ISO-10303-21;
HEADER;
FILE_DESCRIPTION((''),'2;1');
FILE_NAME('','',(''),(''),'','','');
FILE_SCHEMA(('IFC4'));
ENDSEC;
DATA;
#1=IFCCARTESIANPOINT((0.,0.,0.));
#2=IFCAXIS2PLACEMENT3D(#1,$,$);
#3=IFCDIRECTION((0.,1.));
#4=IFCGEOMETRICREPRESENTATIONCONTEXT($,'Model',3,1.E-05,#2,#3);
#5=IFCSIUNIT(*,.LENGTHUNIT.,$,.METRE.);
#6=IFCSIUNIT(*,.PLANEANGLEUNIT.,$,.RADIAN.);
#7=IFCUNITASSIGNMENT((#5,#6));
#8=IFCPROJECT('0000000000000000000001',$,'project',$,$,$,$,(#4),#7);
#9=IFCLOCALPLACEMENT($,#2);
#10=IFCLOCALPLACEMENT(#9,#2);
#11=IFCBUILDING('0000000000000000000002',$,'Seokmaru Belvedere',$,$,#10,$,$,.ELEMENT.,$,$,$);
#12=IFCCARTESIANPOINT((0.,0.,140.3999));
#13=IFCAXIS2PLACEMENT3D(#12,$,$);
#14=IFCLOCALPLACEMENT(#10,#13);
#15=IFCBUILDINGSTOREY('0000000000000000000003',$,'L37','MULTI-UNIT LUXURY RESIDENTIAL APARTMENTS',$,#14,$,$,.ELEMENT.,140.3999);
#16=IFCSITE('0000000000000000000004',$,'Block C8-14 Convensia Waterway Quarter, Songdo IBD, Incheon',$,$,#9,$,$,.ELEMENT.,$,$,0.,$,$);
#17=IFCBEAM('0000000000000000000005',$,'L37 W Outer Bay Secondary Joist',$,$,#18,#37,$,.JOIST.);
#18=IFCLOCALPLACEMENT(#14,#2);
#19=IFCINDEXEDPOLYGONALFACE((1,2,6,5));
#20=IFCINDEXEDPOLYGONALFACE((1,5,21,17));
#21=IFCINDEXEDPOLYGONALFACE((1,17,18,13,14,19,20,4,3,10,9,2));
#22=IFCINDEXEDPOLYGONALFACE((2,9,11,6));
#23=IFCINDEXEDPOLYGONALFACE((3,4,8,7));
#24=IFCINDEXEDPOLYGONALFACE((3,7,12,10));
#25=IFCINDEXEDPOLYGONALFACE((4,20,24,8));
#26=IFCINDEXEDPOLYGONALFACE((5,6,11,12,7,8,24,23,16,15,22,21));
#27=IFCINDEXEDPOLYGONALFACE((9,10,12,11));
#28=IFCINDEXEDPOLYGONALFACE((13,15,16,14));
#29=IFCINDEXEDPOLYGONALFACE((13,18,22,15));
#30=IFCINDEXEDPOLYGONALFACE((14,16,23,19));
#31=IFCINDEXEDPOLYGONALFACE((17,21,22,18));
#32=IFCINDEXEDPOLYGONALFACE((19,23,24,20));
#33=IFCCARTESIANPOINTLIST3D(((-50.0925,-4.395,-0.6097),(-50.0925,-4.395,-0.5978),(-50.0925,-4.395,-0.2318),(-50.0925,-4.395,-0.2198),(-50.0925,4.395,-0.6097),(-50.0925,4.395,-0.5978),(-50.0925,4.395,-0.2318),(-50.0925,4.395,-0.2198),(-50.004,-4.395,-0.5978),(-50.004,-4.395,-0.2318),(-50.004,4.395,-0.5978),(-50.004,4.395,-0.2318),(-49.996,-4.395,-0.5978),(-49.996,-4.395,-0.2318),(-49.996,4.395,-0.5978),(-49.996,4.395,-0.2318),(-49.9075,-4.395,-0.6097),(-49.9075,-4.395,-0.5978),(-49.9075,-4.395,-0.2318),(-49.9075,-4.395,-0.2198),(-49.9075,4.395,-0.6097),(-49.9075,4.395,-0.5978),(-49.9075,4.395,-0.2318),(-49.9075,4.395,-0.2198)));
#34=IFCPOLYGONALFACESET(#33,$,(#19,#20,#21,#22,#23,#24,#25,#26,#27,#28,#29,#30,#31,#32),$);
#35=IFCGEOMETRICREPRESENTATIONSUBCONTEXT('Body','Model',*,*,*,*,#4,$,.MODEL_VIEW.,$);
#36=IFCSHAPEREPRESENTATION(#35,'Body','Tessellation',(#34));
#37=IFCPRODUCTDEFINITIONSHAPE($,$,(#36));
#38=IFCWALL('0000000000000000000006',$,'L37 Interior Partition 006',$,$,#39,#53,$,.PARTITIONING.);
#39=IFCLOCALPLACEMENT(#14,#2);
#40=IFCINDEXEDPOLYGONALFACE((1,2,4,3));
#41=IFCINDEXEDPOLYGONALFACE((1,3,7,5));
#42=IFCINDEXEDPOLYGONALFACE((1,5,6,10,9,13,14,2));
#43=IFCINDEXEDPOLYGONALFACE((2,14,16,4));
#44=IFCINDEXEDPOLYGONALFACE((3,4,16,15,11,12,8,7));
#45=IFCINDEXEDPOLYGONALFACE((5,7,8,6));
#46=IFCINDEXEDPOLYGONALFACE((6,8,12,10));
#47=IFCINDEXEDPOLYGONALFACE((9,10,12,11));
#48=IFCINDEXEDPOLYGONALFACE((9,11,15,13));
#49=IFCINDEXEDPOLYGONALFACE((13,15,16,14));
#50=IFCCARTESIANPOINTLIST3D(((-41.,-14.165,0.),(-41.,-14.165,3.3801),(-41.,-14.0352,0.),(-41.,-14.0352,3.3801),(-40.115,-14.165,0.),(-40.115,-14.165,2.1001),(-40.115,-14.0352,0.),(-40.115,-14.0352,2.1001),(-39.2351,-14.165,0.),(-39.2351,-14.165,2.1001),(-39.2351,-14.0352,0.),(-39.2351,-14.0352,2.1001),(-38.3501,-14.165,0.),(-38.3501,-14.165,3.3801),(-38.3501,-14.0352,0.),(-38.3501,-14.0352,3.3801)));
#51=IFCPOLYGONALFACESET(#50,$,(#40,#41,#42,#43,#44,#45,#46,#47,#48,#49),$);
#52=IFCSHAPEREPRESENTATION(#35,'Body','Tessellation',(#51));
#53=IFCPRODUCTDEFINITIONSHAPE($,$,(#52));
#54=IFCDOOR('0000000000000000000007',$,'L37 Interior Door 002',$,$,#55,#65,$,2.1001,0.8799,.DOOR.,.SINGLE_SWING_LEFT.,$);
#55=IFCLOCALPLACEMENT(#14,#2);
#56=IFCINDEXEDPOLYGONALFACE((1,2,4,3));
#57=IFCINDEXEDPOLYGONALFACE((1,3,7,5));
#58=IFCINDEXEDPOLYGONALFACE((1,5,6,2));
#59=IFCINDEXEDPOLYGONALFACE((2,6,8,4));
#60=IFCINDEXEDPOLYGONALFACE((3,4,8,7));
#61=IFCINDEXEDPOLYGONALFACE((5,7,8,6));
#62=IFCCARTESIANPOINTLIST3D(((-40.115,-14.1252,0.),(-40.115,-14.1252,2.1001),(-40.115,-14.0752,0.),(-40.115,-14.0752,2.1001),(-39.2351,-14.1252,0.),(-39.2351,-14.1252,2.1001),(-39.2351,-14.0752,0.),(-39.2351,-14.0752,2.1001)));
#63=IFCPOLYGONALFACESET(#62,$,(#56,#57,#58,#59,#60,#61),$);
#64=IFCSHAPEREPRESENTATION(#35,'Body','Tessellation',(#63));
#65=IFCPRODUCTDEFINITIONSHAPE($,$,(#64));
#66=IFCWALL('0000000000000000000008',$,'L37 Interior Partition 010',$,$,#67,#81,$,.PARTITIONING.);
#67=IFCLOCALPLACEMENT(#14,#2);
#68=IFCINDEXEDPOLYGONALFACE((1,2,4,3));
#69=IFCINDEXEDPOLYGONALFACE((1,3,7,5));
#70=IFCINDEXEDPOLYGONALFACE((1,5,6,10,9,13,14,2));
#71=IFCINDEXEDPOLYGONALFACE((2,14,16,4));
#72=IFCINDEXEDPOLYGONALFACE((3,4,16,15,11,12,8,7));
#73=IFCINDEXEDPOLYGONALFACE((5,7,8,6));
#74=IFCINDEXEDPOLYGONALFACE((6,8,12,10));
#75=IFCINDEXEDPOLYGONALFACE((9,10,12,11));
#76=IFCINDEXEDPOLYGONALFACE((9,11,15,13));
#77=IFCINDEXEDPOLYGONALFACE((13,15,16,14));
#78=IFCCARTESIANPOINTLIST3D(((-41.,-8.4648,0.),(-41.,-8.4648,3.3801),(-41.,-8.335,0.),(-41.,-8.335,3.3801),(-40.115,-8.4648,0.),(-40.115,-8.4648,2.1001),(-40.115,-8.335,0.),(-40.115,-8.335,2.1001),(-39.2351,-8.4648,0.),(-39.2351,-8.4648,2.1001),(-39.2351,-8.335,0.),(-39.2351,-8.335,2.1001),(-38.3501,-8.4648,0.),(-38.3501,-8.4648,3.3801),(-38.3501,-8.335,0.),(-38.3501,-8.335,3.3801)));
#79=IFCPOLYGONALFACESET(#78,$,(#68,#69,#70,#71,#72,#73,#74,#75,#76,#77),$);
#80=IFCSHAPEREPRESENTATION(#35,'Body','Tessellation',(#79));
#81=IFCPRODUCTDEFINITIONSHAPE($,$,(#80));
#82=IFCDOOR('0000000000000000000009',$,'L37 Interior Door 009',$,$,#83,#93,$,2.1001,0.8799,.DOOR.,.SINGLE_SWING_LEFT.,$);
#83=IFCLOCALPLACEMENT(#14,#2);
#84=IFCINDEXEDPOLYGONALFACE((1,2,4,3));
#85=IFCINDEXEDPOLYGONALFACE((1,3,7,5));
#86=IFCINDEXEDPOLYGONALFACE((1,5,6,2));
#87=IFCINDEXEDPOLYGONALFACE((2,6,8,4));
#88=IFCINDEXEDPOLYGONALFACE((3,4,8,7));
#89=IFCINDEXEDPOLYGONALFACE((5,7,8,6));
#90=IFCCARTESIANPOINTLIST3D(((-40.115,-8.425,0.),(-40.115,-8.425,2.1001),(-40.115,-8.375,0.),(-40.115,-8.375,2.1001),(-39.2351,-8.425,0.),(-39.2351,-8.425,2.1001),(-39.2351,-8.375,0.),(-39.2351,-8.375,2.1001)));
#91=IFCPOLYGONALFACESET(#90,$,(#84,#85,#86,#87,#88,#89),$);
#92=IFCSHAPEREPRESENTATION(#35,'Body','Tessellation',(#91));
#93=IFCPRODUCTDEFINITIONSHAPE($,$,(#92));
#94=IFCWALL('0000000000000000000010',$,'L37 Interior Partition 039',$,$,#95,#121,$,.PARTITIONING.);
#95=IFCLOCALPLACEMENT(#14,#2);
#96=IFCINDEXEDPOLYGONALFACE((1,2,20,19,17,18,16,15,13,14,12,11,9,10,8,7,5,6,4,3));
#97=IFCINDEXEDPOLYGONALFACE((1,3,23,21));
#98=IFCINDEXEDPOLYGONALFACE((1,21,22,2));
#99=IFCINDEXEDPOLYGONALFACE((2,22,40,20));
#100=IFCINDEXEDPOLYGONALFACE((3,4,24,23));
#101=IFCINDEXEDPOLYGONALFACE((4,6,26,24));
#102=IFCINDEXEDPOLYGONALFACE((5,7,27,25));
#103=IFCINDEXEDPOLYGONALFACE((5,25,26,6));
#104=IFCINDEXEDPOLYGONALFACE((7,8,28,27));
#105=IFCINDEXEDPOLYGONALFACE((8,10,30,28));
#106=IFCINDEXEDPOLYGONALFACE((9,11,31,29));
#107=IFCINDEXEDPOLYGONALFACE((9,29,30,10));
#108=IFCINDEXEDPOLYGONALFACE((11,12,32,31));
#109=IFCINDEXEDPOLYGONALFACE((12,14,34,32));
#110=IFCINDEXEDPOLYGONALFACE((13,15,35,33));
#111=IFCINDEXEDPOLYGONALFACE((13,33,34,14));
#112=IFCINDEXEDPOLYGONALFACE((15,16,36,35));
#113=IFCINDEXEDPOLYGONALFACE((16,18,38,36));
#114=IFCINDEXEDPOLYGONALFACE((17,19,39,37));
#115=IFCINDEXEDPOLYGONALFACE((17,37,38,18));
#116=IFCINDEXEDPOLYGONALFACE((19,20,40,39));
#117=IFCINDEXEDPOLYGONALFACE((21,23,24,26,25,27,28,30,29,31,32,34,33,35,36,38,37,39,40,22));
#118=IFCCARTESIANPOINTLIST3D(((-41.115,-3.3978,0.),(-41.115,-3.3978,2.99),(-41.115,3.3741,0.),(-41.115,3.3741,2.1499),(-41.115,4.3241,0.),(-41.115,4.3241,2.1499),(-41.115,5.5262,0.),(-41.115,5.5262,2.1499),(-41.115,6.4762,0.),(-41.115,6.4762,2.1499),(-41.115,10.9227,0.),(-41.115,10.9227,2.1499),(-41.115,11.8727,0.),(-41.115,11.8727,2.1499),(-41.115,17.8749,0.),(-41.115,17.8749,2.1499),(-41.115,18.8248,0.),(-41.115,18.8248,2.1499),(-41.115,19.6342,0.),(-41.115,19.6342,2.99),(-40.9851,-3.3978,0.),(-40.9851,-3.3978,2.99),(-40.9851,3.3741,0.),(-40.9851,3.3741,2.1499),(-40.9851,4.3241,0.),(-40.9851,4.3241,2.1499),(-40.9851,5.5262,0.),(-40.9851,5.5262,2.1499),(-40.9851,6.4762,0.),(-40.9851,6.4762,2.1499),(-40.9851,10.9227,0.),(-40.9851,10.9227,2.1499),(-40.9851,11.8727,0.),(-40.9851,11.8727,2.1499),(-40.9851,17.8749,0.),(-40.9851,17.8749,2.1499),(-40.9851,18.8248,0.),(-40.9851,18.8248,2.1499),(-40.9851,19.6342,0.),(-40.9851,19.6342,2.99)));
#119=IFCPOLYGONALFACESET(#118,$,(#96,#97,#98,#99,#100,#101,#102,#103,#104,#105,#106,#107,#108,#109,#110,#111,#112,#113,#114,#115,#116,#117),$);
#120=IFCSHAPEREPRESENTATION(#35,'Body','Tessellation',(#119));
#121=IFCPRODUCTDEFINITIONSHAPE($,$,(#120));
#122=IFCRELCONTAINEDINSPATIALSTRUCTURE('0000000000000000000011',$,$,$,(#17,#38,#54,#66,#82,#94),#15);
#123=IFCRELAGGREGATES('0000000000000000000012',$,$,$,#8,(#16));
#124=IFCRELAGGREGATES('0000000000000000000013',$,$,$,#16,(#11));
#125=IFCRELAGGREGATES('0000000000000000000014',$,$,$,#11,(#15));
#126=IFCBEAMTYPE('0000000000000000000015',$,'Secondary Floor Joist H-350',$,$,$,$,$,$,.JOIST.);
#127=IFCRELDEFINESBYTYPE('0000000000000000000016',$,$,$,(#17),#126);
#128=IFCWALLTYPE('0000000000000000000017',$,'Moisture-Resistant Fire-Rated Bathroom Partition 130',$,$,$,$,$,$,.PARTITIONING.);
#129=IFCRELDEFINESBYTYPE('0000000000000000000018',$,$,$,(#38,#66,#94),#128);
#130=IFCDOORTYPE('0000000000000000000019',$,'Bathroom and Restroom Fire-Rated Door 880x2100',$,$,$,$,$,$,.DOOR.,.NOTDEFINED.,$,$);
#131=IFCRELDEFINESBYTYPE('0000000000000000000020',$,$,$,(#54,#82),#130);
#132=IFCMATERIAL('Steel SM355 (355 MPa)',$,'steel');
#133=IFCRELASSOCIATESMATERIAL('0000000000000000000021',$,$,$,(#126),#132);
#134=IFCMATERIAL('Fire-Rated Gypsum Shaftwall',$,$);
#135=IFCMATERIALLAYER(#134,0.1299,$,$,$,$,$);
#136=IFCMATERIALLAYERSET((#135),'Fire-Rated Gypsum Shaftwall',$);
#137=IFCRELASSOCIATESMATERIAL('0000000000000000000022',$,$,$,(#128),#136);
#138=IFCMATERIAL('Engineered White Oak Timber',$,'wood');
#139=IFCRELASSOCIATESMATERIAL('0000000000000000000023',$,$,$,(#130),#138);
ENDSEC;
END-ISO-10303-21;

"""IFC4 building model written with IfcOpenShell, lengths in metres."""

from ifc_helpers import new_model, si_unit, direction, frame, frame_2d, origin, origin_2d, place, context, subcontext, project, spatial, rectangle, i_section, extrude, source, transform, mapped, material, layer, layer_set, material_profile, profile_set, type_object, type_shapes, element, fill, save


model = new_model("IFC4")

# Units and contexts
model_context = context("Model", 3, precision=1e-05, world=origin(), true_north=direction((0.0, 1.0)))
body_context = subcontext(model_context, "Body", "Model", "MODEL_VIEW")
ifc_project = project(units=[si_unit("LENGTHUNIT", "METRE"), si_unit("PLANEANGLEUNIT", "RADIAN")], contexts=[model_context])

# Site, building, storey
site_placement = place(None, origin())
site = spatial("IfcSite", under=ifc_project, at=site_placement, Name="Block C8-14 Convensia Waterway Quarter, Songdo IBD, Incheon", CompositionType="ELEMENT", RefElevation=0.0)
building_placement = place(site_placement, origin())
building = spatial("IfcBuilding", under=site, at=building_placement, Name="Seokmaru Belvedere", CompositionType="ELEMENT")
storey_placement = place(building_placement, frame((0.0, 0.0, 140.3999)))
storey = spatial("IfcBuildingStorey", under=building, at=storey_placement, Name="L37", Description="MULTI-UNIT LUXURY RESIDENTIAL APARTMENTS", CompositionType="ELEMENT", Elevation=140.3999)

# Shared definitions
ifc_material_1 = material(Name="Steel SM355 (355 MPa)", Category="steel")

# Beam
ifc_material_profile_1 = material_profile(ifc_material_1, i_section(OverallWidth=0.1851, OverallDepth=0.3899, WebThickness=0.0081, FlangeThickness=0.012, at=origin_2d()), Name="H-390x185x8x12")
ifc_profile_set_1 = profile_set([ifc_material_profile_1], Name="Steel SM355 (355 MPa)")
beam_type_1 = type_object("IfcBeamType", Name="Secondary Floor Joist H-350", PredefinedType="JOIST", material=ifc_profile_set_1)
shared_shape_1 = source(origin(), body_context, "Body", "SweptSolid", [
    extrude(i_section(OverallWidth=0.1851, OverallDepth=0.3899, WebThickness=0.0081, FlangeThickness=0.012, at=origin_2d()), origin(), (0.0, 0.0, 1.0), 8.79),
])
type_shapes(beam_type_1, [shared_shape_1])
for number, where, z_axis, x_axis, name in (
    (1, (-50.0, -4.395, -0.4148), (0.0, 1.0, 0.0), (-1.0, 0.0, 0.0), "L37 W Outer Bay Secondary Joist"),
):
    element("IfcBeam", number, at=place(storey_placement, frame(where, z_axis=z_axis, x_axis=x_axis)), inside=storey, type_object=beam_type_1, Name=name, PredefinedType="JOIST", context=body_context, shape_type="MappedRepresentation", body=[
        mapped(shared_shape_1, transform((0.0, 0.0, 0.0), scale=1.0)),
    ])

# Shared definitions
ifc_material_2 = material(Name="Fire-Rated Gypsum Shaftwall")

# Walls, openings, doors
ifc_layer_1 = layer(ifc_material_2, 0.1299)
ifc_layer_set_1 = layer_set([ifc_layer_1], Name="Fire-Rated Gypsum Shaftwall")
wall_type_1 = type_object("IfcWallType", Name="Moisture-Resistant Fire-Rated Bathroom Partition 130", PredefinedType="PARTITIONING", material=ifc_layer_set_1)
wall_1_placement = place(storey_placement, frame((-41.0, -14.1001, 0.0), z_axis=(0.0, 0.0, 1.0), x_axis=(1.0, 0.0, 0.0)))
wall_1 = element("IfcWall", 2, at=wall_1_placement, inside=storey, type_object=wall_type_1, Name="L37 Interior Partition 006", PredefinedType="PARTITIONING", context=body_context, shape_type="SweptSolid", body=[
    extrude(rectangle(XDim=2.6499, YDim=0.1299, at=frame_2d((1.325, 0.0))), origin(), (0.0, 0.0, 1.0), 3.3801),
])
opening_1_placement = place(wall_1_placement, frame((0.885, 0.0, 0.0)))
opening_1 = element("IfcOpeningElement", 3, at=opening_1_placement, cuts=wall_1, PredefinedType="OPENING", context=body_context, shape_type="SweptSolid", body=[
    extrude(rectangle(XDim=0.8799, YDim=2.1001, at=frame_2d((0.4399, 1.05))), frame((0.0, 0.075, 0.0), z_axis=(0.0, -1.0, 0.0), x_axis=(1.0, 0.0, 0.0)), (0.0, 0.0, 1.0), 0.1499),
])
ifc_material_3 = material(Name="Engineered White Oak Timber", Category="wood")
door_type = type_object("IfcDoorType", Name="Bathroom and Restroom Fire-Rated Door 880x2100", OperationType="NOTDEFINED", PredefinedType="DOOR", material=ifc_material_3)
shared_shape_2 = source(origin(), body_context, "Body", "SweptSolid", [
    extrude(rectangle(XDim=0.8799, YDim=2.1001, at=frame_2d((0.4399, 1.05))), frame((0.0, 0.0249, 0.0), z_axis=(0.0, -1.0, 0.0), x_axis=(1.0, 0.0, 0.0)), (0.0, 0.0, 1.0), 0.05),
])
type_shapes(door_type, [shared_shape_2])
door_1_placement = place(opening_1_placement, origin())
door_1 = element("IfcDoor", 4, at=door_1_placement, inside=storey, type_object=door_type, Name="L37 Interior Door 002", OperationType="SINGLE_SWING_LEFT", OverallHeight=2.1001, OverallWidth=0.8799, PredefinedType="DOOR", context=body_context, shape_type="MappedRepresentation", body=[
    mapped(shared_shape_2, transform((0.0, 0.0, 0.0), scale=1.0)),
])
fill(opening_1, door_1)
wall_2_placement = place(storey_placement, frame((-41.0, -8.3999, 0.0), z_axis=(0.0, 0.0, 1.0), x_axis=(1.0, 0.0, 0.0)))
wall_2 = element("IfcWall", 5, at=wall_2_placement, inside=storey, type_object=wall_type_1, Name="L37 Interior Partition 010", PredefinedType="PARTITIONING", context=body_context, shape_type="SweptSolid", body=[
    extrude(rectangle(XDim=2.6499, YDim=0.1299, at=frame_2d((1.325, 0.0))), origin(), (0.0, 0.0, 1.0), 3.3801),
])
opening_2_placement = place(wall_2_placement, frame((0.885, 0.0, 0.0)))
opening_2 = element("IfcOpeningElement", 6, at=opening_2_placement, cuts=wall_2, PredefinedType="OPENING", context=body_context, shape_type="SweptSolid", body=[
    extrude(rectangle(XDim=0.8799, YDim=2.1001, at=frame_2d((0.4399, 1.05))), frame((0.0, 0.075, 0.0), z_axis=(0.0, -1.0, 0.0), x_axis=(1.0, 0.0, 0.0)), (0.0, 0.0, 1.0), 0.1499),
])
door_2_placement = place(opening_2_placement, origin())
door_2 = element("IfcDoor", 7, at=door_2_placement, inside=storey, type_object=door_type, Name="L37 Interior Door 009", OperationType="SINGLE_SWING_LEFT", OverallHeight=2.1001, OverallWidth=0.8799, PredefinedType="DOOR", context=body_context, shape_type="MappedRepresentation", body=[
    mapped(shared_shape_2, transform((0.0, 0.0, 0.0), scale=1.0)),
])
fill(opening_2, door_2)

# Wall, openings
wall_3_placement = place(storey_placement, frame((-41.05, -3.3979, 0.0), z_axis=(0.0, 0.0, 1.0), x_axis=(0.0, 1.0, 0.0)))
wall_3 = element("IfcWall", 8, at=wall_3_placement, inside=storey, type_object=wall_type_1, Name="L37 Interior Partition 039", PredefinedType="PARTITIONING", context=body_context, shape_type="SweptSolid", body=[
    extrude(rectangle(XDim=23.032, YDim=0.1299, at=frame_2d((11.5161, 0.0))), origin(), (0.0, 0.0, 1.0), 2.99),
])
opening_3_placement = place(wall_3_placement, frame((6.772, 0.0, 0.0)))
element("IfcOpeningElement", 9, at=opening_3_placement, cuts=wall_3, PredefinedType="OPENING", context=body_context, shape_type="SweptSolid", body=[
    extrude(rectangle(XDim=0.95, YDim=2.1499, at=frame_2d((0.4751, 1.075))), frame((0.0, 0.075, 0.0), z_axis=(0.0, -1.0, 0.0), x_axis=(1.0, 0.0, 0.0)), (0.0, 0.0, 1.0), 0.1499),
])
opening_4_placement = place(wall_3_placement, frame((8.9241, 0.0, 0.0)))
element("IfcOpeningElement", 10, at=opening_4_placement, cuts=wall_3, PredefinedType="OPENING", context=body_context, shape_type="SweptSolid", body=[
    extrude(rectangle(XDim=0.95, YDim=2.1499, at=frame_2d((0.4751, 1.075))), frame((0.0, 0.075, 0.0), z_axis=(0.0, -1.0, 0.0), x_axis=(1.0, 0.0, 0.0)), (0.0, 0.0, 1.0), 0.1499),
])
opening_5_placement = place(wall_3_placement, frame((14.3206, 0.0, 0.0)))
element("IfcOpeningElement", 11, at=opening_5_placement, cuts=wall_3, PredefinedType="OPENING", context=body_context, shape_type="SweptSolid", body=[
    extrude(rectangle(XDim=0.95, YDim=2.1499, at=frame_2d((0.4751, 1.075))), frame((0.0, 0.075, 0.0), z_axis=(0.0, -1.0, 0.0), x_axis=(1.0, 0.0, 0.0)), (0.0, 0.0, 1.0), 0.1499),
])
opening_6_placement = place(wall_3_placement, frame((21.2727, 0.0, 0.0)))
element("IfcOpeningElement", 12, at=opening_6_placement, cuts=wall_3, PredefinedType="OPENING", context=body_context, shape_type="SweptSolid", body=[
    extrude(rectangle(XDim=0.95, YDim=2.1499, at=frame_2d((0.4751, 1.075))), frame((0.0, 0.075, 0.0), z_axis=(0.0, -1.0, 0.0), x_axis=(1.0, 0.0, 0.0)), (0.0, 0.0, 1.0), 0.1499),
])

save(model, "model.ifc")
